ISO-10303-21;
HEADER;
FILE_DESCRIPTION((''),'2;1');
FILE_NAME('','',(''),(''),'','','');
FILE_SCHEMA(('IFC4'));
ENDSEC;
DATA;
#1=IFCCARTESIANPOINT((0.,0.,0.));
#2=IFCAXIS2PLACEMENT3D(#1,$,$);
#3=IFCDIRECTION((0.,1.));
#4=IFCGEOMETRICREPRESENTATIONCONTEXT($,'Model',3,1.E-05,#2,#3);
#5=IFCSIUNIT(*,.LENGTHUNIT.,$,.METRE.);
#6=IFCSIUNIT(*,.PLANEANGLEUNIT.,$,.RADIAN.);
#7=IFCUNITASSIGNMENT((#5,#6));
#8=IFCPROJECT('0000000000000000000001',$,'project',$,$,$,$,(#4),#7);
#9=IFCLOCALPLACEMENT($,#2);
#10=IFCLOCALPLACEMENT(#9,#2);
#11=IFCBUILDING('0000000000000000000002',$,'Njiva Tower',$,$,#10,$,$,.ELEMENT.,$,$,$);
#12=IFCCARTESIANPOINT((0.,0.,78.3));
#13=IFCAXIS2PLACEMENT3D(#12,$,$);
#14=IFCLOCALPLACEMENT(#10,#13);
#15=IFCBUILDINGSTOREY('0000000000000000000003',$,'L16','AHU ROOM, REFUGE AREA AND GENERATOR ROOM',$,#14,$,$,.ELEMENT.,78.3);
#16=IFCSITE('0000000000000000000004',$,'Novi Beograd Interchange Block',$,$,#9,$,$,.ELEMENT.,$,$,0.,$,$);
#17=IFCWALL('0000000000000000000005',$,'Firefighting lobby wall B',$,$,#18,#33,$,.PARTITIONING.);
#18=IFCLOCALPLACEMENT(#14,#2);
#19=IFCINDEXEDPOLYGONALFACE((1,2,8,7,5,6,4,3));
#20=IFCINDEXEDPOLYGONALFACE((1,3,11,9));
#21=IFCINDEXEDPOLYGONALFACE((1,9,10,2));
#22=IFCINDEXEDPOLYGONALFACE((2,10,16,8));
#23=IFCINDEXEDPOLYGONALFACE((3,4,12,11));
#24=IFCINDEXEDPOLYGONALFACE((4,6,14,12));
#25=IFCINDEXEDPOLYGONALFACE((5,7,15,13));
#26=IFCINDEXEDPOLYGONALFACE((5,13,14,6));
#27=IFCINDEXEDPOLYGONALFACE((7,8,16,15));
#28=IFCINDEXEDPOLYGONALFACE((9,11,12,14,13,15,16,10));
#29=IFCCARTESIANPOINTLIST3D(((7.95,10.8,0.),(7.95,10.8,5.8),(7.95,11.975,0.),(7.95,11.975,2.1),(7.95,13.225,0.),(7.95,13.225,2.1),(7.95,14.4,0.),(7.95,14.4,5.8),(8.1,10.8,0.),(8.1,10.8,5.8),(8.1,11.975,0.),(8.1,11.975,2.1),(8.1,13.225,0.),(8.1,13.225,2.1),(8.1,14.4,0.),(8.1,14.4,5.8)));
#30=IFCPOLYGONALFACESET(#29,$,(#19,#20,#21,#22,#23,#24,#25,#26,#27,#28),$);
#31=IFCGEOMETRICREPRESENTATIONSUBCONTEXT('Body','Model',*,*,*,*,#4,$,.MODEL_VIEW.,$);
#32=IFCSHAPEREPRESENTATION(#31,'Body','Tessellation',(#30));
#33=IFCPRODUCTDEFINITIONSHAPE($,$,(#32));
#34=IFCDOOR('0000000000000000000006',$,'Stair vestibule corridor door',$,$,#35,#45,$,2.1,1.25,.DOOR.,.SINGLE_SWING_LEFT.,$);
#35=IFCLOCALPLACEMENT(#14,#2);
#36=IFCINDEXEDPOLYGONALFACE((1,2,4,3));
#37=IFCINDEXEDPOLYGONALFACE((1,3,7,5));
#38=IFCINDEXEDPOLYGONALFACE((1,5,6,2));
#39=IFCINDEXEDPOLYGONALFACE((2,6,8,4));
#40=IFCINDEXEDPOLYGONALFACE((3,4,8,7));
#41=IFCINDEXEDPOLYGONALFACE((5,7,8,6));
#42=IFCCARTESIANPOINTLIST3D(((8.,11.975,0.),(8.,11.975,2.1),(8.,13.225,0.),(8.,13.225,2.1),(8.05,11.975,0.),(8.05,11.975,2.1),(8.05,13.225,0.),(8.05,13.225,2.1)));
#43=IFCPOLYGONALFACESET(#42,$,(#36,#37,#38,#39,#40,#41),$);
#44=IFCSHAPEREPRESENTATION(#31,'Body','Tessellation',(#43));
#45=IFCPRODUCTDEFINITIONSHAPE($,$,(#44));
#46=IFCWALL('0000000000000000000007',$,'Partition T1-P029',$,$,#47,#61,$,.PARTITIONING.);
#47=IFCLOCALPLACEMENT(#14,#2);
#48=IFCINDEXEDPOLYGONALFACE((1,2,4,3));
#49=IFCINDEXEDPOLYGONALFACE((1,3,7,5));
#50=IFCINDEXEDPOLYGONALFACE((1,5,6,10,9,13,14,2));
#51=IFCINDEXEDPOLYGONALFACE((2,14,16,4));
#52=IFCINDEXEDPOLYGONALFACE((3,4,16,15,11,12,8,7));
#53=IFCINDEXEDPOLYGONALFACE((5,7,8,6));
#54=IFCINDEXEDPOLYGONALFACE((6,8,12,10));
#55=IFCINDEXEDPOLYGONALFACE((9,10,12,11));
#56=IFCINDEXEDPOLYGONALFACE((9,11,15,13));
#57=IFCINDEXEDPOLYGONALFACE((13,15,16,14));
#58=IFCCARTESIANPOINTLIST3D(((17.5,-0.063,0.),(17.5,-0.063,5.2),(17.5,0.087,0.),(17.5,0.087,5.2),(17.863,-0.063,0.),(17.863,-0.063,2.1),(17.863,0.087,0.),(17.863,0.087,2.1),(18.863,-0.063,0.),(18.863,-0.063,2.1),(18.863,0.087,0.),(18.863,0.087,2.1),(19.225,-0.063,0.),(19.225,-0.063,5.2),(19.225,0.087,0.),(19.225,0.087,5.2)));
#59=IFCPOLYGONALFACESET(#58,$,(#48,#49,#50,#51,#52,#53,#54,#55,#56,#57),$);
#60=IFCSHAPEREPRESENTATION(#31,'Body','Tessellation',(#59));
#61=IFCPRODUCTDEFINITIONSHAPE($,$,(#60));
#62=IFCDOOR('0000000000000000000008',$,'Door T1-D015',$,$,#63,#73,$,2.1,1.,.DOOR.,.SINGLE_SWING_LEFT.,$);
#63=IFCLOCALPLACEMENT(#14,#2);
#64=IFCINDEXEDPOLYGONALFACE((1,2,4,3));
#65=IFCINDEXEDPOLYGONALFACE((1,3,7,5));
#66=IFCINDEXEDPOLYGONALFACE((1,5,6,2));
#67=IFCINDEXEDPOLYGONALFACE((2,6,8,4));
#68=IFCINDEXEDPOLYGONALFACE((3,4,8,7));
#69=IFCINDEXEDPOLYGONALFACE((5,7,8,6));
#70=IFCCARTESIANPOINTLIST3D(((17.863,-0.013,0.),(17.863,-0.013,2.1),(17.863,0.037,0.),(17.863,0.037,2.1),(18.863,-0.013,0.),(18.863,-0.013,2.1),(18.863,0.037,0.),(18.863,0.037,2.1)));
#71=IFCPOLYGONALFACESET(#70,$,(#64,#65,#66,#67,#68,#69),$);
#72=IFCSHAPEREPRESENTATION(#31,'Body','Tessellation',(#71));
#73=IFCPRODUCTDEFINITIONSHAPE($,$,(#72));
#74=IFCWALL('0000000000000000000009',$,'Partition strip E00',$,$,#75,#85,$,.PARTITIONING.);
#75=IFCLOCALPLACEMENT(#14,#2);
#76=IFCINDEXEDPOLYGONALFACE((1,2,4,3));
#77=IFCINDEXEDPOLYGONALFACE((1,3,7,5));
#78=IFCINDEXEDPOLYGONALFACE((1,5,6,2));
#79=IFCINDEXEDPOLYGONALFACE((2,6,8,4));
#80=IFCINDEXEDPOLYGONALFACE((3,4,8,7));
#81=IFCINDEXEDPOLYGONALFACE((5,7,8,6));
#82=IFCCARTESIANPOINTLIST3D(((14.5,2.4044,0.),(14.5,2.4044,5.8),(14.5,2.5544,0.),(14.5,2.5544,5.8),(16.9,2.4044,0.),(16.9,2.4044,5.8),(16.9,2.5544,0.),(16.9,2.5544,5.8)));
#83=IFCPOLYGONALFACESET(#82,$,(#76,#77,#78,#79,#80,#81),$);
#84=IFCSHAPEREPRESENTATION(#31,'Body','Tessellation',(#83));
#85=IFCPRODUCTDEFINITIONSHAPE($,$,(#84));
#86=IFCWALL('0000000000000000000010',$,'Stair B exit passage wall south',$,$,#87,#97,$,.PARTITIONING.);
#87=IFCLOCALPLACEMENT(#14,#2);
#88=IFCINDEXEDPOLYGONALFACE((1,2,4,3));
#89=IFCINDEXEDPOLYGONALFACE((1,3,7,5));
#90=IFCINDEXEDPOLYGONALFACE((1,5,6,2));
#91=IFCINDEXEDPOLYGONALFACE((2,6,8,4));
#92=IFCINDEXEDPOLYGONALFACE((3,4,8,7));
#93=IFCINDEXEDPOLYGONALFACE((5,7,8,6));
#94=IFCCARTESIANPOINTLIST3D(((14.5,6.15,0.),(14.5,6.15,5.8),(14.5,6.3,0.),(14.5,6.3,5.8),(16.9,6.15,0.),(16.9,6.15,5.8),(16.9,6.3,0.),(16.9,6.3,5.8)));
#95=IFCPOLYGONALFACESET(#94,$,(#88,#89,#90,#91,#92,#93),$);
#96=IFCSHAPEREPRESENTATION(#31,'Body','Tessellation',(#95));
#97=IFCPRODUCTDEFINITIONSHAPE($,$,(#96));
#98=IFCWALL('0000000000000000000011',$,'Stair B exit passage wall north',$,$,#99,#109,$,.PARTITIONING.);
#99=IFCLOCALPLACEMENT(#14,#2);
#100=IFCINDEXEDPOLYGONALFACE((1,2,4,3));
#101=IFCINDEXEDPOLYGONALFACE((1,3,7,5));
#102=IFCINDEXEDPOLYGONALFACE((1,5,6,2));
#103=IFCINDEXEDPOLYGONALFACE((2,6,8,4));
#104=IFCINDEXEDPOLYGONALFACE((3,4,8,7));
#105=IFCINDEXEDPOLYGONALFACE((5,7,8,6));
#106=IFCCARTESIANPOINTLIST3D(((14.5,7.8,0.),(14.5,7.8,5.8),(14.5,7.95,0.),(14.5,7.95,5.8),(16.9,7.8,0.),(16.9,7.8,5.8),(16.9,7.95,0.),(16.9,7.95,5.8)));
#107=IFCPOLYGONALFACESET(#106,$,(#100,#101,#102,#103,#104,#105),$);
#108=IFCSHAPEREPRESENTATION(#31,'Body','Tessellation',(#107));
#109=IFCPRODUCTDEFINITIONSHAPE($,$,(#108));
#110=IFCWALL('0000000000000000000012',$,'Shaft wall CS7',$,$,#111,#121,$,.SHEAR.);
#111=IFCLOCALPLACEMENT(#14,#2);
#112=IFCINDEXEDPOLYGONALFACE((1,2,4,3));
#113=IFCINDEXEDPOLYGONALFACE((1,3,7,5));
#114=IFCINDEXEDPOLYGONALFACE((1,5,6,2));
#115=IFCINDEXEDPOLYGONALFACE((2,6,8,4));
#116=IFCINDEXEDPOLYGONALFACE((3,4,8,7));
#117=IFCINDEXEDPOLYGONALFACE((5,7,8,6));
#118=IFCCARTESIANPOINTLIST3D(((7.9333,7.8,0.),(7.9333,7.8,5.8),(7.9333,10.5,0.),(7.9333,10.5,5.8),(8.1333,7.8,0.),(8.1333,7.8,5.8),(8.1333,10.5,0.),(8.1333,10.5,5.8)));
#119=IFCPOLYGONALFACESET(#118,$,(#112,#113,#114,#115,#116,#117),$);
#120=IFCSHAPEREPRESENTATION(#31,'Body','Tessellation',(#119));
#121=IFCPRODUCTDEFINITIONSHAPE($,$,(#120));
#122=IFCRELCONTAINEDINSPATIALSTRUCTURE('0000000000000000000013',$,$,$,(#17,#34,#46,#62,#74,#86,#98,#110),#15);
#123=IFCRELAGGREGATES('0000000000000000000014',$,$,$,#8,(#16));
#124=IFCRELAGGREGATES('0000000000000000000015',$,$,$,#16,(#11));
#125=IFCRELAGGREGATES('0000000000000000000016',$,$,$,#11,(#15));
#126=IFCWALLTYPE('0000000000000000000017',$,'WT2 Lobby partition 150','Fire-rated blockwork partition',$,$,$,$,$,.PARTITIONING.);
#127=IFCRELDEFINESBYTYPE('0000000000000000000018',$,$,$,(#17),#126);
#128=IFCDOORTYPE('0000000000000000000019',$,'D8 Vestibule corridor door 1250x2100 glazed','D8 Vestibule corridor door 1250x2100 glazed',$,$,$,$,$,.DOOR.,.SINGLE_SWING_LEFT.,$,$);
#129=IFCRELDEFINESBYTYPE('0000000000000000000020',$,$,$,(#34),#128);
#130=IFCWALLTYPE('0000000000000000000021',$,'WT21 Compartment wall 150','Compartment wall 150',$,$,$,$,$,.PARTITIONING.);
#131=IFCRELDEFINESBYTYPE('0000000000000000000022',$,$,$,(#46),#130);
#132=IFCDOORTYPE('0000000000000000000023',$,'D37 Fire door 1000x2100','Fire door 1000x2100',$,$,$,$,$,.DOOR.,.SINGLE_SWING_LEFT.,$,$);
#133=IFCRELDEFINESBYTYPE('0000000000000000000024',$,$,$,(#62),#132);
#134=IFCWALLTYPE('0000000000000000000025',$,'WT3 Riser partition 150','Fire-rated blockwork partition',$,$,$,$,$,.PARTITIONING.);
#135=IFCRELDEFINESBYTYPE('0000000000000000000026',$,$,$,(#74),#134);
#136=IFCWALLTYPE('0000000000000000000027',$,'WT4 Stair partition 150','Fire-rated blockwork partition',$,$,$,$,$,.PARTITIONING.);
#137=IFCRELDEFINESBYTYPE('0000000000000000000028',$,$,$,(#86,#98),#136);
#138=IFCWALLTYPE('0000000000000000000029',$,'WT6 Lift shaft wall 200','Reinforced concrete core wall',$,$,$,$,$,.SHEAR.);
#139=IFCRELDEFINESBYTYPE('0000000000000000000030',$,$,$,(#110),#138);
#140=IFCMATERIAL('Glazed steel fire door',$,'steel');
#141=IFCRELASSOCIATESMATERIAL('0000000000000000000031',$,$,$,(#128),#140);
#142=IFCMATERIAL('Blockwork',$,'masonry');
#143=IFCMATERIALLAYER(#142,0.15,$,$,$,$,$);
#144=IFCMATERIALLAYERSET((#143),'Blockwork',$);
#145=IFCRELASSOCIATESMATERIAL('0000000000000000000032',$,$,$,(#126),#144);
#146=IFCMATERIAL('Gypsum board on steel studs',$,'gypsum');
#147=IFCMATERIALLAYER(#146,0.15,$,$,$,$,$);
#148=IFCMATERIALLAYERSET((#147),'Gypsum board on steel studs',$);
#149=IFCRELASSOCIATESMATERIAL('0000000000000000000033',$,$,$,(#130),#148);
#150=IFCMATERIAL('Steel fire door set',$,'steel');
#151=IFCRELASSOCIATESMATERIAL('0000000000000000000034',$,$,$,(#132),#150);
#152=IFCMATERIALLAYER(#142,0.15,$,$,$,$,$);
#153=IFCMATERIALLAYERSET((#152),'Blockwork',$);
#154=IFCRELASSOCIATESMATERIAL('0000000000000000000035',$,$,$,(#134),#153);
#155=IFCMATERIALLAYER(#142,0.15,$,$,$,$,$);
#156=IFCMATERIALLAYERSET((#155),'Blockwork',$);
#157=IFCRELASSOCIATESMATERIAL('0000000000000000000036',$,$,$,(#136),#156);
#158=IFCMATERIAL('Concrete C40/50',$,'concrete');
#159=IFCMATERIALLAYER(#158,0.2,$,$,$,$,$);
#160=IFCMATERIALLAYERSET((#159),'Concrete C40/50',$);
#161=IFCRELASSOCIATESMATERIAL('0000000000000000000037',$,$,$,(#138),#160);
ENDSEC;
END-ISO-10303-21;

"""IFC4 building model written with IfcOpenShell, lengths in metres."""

from ifc_helpers import new_model, si_unit, direction, frame, frame_2d, origin, place, context, subcontext, project, spatial, rectangle, extrude, material, layer, layer_set, type_object, element, fill, save


model = new_model("IFC4")

# Units and contexts
model_context = context("Model", 3, precision=1e-05, world=origin(), true_north=direction((0.0, 1.0)))
body_context = subcontext(model_context, "Body", "Model", "MODEL_VIEW")
ifc_project = project(units=[si_unit("LENGTHUNIT", "METRE"), si_unit("PLANEANGLEUNIT", "RADIAN")], contexts=[model_context])

# Site, building, storey
site_placement = place(None, origin())
site = spatial("IfcSite", under=ifc_project, at=site_placement, Name="Novi Beograd Interchange Block", CompositionType="ELEMENT", RefElevation=0.0)
building_placement = place(site_placement, origin())
building = spatial("IfcBuilding", under=site, at=building_placement, Name="Njiva Tower", CompositionType="ELEMENT")
storey_placement = place(building_placement, frame((0.0, 0.0, 78.3)))
storey = spatial("IfcBuildingStorey", under=building, at=storey_placement, Name="L16", Description="AHU ROOM, REFUGE AREA AND GENERATOR ROOM", CompositionType="ELEMENT", Elevation=78.3)

# Shared definitions
ifc_material_1 = material(Name="Blockwork", Category="masonry")

# Shared definitions
ifc_material_2 = material(Name="Concrete C40/50", Category="concrete")
ifc_material_3 = material(Name="Glazed steel fire door", Category="steel")
door_type_1 = type_object("IfcDoorType", Name="D8 Vestibule corridor door 1250x2100 glazed", Description="D8 Vestibule corridor door 1250x2100 glazed", OperationType="SINGLE_SWING_LEFT", PredefinedType="DOOR", material=ifc_material_3)

# Walls, openings, doors
ifc_layer_1 = layer(ifc_material_1, 0.15)
ifc_layer_set_1 = layer_set([ifc_layer_1], Name="Blockwork")
wall_type_1 = type_object("IfcWallType", Name="WT2 Lobby partition 150", Description="Fire-rated blockwork partition", PredefinedType="PARTITIONING", material=ifc_layer_set_1)
wall_1_placement = place(storey_placement, frame((8.025, 10.8, 0.0), z_axis=(0.0, 0.0, 1.0), x_axis=(0.0, 1.0, 0.0)))
wall_1 = element("IfcWall", 1, at=wall_1_placement, inside=storey, type_object=wall_type_1, Name="Firefighting lobby wall B", PredefinedType="PARTITIONING", context=body_context, shape_type="SweptSolid", body=[
    extrude(rectangle(XDim=3.6, YDim=0.15, at=frame_2d((1.8, 0.0))), origin(), (0.0, 0.0, 1.0), 5.8),
])
opening_1_placement = place(wall_1_placement, frame((1.175, 0.0, 0.0)))
opening_1 = element("IfcOpeningElement", 2, at=opening_1_placement, cuts=wall_1, PredefinedType="OPENING", context=body_context, shape_type="SweptSolid", body=[
    extrude(rectangle(XDim=1.25, YDim=2.1, at=frame_2d((0.625, 1.05))), frame((0.0, 0.085, 0.0), z_axis=(0.0, -1.0, 0.0), x_axis=(1.0, 0.0, 0.0)), (0.0, 0.0, 1.0), 0.17),
])
door_1_placement = place(opening_1_placement, origin())
door_1 = element("IfcDoor", 3, at=door_1_placement, inside=storey, type_object=door_type_1, Name="Stair vestibule corridor door", OperationType="SINGLE_SWING_LEFT", OverallHeight=2.1, OverallWidth=1.25, PredefinedType="DOOR", context=body_context, shape_type="SweptSolid", body=[
    extrude(rectangle(XDim=1.25, YDim=2.1, at=frame_2d((0.625, 1.05))), frame((0.0, 0.025, 0.0), z_axis=(0.0, -1.0, 0.0), x_axis=(1.0, 0.0, 0.0)), (0.0, 0.0, 1.0), 0.05),
])
fill(opening_1, door_1)
ifc_material_4 = material(Name="Gypsum board on steel studs", Category="gypsum")
ifc_layer_2 = layer(ifc_material_4, 0.15)
ifc_layer_set_2 = layer_set([ifc_layer_2], Name="Gypsum board on steel studs")
wall_type_2 = type_object("IfcWallType", Name="WT21 Compartment wall 150", Description="Compartment wall 150", PredefinedType="PARTITIONING", material=ifc_layer_set_2)
wall_2_placement = place(storey_placement, frame((17.5, 0.012, 0.0), z_axis=(0.0, 0.0, 1.0), x_axis=(1.0, 0.0, 0.0)))
wall_2 = element("IfcWall", 4, at=wall_2_placement, inside=storey, type_object=wall_type_2, Name="Partition T1-P029", PredefinedType="PARTITIONING", context=body_context, shape_type="SweptSolid", body=[
    extrude(rectangle(XDim=1.725, YDim=0.15, at=frame_2d((0.8625, 0.0))), origin(), (0.0, 0.0, 1.0), 5.2),
])
opening_2_placement = place(wall_2_placement, frame((0.363, 0.0, 0.0)))
opening_2 = element("IfcOpeningElement", 5, at=opening_2_placement, cuts=wall_2, PredefinedType="OPENING", context=body_context, shape_type="SweptSolid", body=[
    extrude(rectangle(XDim=1.0, YDim=2.1, at=frame_2d((0.5, 1.05))), frame((0.0, 0.085, 0.0), z_axis=(0.0, -1.0, 0.0), x_axis=(1.0, 0.0, 0.0)), (0.0, 0.0, 1.0), 0.17),
])
ifc_material_5 = material(Name="Steel fire door set", Category="steel")
door_type_2 = type_object("IfcDoorType", Name="D37 Fire door 1000x2100", Description="Fire door 1000x2100", OperationType="SINGLE_SWING_LEFT", PredefinedType="DOOR", material=ifc_material_5)
door_2_placement = place(opening_2_placement, origin())
door_2 = element("IfcDoor", 6, at=door_2_placement, inside=storey, type_object=door_type_2, Name="Door T1-D015", OperationType="SINGLE_SWING_LEFT", OverallHeight=2.1, OverallWidth=1.0, PredefinedType="DOOR", context=body_context, shape_type="SweptSolid", body=[
    extrude(rectangle(XDim=1.0, YDim=2.1, at=frame_2d((0.5, 1.05))), frame((0.0, 0.025, 0.0), z_axis=(0.0, -1.0, 0.0), x_axis=(1.0, 0.0, 0.0)), (0.0, 0.0, 1.0), 0.05),
])
fill(opening_2, door_2)

# Walls
ifc_layer_3 = layer(ifc_material_1, 0.15)
ifc_layer_set_3 = layer_set([ifc_layer_3], Name="Blockwork")
wall_type_3 = type_object("IfcWallType", Name="WT3 Riser partition 150", Description="Fire-rated blockwork partition", PredefinedType="PARTITIONING", material=ifc_layer_set_3)
wall_3_placement = place(storey_placement, frame((14.5, 2.4794, 0.0), z_axis=(0.0, 0.0, 1.0), x_axis=(1.0, 0.0, 0.0)))
element("IfcWall", 7, at=wall_3_placement, inside=storey, type_object=wall_type_3, Name="Partition strip E00", PredefinedType="PARTITIONING", context=body_context, shape_type="SweptSolid", body=[
    extrude(rectangle(XDim=2.4, YDim=0.15, at=frame_2d((1.2, 0.0))), origin(), (0.0, 0.0, 1.0), 5.8),
])
ifc_layer_4 = layer(ifc_material_1, 0.15)
ifc_layer_set_4 = layer_set([ifc_layer_4], Name="Blockwork")
wall_type_4 = type_object("IfcWallType", Name="WT4 Stair partition 150", Description="Fire-rated blockwork partition", PredefinedType="PARTITIONING", material=ifc_layer_set_4)
for number, where, z_axis, x_axis, name in (
    (8, (14.5, 6.225, 0.0), (0.0, 0.0, 1.0), (1.0, 0.0, 0.0), "Stair B exit passage wall south"),
    (9, (14.5, 7.875, 0.0), (0.0, 0.0, 1.0), (1.0, 0.0, 0.0), "Stair B exit passage wall north"),
):
    element("IfcWall", number, at=place(storey_placement, frame(where, z_axis=z_axis, x_axis=x_axis)), inside=storey, type_object=wall_type_4, Name=name, PredefinedType="PARTITIONING", context=body_context, shape_type="SweptSolid", body=[
        extrude(rectangle(XDim=2.4, YDim=0.15, at=frame_2d((1.2, 0.0))), origin(), (0.0, 0.0, 1.0), 5.8),
    ])
ifc_layer_5 = layer(ifc_material_2, 0.2)
ifc_layer_set_5 = layer_set([ifc_layer_5], Name="Concrete C40/50")
wall_type_5 = type_object("IfcWallType", Name="WT6 Lift shaft wall 200", Description="Reinforced concrete core wall", PredefinedType="SHEAR", material=ifc_layer_set_5)
wall_4_placement = place(storey_placement, frame((8.0333, 7.8, 0.0), z_axis=(0.0, 0.0, 1.0), x_axis=(0.0, 1.0, 0.0)))
element("IfcWall", 10, at=wall_4_placement, inside=storey, type_object=wall_type_5, Name="Shaft wall CS7", PredefinedType="SHEAR", context=body_context, shape_type="SweptSolid", body=[
    extrude(rectangle(XDim=2.7, YDim=0.2, at=frame_2d((1.35, 0.0))), origin(), (0.0, 0.0, 1.0), 5.8),
])

save(model, "model.ifc")
